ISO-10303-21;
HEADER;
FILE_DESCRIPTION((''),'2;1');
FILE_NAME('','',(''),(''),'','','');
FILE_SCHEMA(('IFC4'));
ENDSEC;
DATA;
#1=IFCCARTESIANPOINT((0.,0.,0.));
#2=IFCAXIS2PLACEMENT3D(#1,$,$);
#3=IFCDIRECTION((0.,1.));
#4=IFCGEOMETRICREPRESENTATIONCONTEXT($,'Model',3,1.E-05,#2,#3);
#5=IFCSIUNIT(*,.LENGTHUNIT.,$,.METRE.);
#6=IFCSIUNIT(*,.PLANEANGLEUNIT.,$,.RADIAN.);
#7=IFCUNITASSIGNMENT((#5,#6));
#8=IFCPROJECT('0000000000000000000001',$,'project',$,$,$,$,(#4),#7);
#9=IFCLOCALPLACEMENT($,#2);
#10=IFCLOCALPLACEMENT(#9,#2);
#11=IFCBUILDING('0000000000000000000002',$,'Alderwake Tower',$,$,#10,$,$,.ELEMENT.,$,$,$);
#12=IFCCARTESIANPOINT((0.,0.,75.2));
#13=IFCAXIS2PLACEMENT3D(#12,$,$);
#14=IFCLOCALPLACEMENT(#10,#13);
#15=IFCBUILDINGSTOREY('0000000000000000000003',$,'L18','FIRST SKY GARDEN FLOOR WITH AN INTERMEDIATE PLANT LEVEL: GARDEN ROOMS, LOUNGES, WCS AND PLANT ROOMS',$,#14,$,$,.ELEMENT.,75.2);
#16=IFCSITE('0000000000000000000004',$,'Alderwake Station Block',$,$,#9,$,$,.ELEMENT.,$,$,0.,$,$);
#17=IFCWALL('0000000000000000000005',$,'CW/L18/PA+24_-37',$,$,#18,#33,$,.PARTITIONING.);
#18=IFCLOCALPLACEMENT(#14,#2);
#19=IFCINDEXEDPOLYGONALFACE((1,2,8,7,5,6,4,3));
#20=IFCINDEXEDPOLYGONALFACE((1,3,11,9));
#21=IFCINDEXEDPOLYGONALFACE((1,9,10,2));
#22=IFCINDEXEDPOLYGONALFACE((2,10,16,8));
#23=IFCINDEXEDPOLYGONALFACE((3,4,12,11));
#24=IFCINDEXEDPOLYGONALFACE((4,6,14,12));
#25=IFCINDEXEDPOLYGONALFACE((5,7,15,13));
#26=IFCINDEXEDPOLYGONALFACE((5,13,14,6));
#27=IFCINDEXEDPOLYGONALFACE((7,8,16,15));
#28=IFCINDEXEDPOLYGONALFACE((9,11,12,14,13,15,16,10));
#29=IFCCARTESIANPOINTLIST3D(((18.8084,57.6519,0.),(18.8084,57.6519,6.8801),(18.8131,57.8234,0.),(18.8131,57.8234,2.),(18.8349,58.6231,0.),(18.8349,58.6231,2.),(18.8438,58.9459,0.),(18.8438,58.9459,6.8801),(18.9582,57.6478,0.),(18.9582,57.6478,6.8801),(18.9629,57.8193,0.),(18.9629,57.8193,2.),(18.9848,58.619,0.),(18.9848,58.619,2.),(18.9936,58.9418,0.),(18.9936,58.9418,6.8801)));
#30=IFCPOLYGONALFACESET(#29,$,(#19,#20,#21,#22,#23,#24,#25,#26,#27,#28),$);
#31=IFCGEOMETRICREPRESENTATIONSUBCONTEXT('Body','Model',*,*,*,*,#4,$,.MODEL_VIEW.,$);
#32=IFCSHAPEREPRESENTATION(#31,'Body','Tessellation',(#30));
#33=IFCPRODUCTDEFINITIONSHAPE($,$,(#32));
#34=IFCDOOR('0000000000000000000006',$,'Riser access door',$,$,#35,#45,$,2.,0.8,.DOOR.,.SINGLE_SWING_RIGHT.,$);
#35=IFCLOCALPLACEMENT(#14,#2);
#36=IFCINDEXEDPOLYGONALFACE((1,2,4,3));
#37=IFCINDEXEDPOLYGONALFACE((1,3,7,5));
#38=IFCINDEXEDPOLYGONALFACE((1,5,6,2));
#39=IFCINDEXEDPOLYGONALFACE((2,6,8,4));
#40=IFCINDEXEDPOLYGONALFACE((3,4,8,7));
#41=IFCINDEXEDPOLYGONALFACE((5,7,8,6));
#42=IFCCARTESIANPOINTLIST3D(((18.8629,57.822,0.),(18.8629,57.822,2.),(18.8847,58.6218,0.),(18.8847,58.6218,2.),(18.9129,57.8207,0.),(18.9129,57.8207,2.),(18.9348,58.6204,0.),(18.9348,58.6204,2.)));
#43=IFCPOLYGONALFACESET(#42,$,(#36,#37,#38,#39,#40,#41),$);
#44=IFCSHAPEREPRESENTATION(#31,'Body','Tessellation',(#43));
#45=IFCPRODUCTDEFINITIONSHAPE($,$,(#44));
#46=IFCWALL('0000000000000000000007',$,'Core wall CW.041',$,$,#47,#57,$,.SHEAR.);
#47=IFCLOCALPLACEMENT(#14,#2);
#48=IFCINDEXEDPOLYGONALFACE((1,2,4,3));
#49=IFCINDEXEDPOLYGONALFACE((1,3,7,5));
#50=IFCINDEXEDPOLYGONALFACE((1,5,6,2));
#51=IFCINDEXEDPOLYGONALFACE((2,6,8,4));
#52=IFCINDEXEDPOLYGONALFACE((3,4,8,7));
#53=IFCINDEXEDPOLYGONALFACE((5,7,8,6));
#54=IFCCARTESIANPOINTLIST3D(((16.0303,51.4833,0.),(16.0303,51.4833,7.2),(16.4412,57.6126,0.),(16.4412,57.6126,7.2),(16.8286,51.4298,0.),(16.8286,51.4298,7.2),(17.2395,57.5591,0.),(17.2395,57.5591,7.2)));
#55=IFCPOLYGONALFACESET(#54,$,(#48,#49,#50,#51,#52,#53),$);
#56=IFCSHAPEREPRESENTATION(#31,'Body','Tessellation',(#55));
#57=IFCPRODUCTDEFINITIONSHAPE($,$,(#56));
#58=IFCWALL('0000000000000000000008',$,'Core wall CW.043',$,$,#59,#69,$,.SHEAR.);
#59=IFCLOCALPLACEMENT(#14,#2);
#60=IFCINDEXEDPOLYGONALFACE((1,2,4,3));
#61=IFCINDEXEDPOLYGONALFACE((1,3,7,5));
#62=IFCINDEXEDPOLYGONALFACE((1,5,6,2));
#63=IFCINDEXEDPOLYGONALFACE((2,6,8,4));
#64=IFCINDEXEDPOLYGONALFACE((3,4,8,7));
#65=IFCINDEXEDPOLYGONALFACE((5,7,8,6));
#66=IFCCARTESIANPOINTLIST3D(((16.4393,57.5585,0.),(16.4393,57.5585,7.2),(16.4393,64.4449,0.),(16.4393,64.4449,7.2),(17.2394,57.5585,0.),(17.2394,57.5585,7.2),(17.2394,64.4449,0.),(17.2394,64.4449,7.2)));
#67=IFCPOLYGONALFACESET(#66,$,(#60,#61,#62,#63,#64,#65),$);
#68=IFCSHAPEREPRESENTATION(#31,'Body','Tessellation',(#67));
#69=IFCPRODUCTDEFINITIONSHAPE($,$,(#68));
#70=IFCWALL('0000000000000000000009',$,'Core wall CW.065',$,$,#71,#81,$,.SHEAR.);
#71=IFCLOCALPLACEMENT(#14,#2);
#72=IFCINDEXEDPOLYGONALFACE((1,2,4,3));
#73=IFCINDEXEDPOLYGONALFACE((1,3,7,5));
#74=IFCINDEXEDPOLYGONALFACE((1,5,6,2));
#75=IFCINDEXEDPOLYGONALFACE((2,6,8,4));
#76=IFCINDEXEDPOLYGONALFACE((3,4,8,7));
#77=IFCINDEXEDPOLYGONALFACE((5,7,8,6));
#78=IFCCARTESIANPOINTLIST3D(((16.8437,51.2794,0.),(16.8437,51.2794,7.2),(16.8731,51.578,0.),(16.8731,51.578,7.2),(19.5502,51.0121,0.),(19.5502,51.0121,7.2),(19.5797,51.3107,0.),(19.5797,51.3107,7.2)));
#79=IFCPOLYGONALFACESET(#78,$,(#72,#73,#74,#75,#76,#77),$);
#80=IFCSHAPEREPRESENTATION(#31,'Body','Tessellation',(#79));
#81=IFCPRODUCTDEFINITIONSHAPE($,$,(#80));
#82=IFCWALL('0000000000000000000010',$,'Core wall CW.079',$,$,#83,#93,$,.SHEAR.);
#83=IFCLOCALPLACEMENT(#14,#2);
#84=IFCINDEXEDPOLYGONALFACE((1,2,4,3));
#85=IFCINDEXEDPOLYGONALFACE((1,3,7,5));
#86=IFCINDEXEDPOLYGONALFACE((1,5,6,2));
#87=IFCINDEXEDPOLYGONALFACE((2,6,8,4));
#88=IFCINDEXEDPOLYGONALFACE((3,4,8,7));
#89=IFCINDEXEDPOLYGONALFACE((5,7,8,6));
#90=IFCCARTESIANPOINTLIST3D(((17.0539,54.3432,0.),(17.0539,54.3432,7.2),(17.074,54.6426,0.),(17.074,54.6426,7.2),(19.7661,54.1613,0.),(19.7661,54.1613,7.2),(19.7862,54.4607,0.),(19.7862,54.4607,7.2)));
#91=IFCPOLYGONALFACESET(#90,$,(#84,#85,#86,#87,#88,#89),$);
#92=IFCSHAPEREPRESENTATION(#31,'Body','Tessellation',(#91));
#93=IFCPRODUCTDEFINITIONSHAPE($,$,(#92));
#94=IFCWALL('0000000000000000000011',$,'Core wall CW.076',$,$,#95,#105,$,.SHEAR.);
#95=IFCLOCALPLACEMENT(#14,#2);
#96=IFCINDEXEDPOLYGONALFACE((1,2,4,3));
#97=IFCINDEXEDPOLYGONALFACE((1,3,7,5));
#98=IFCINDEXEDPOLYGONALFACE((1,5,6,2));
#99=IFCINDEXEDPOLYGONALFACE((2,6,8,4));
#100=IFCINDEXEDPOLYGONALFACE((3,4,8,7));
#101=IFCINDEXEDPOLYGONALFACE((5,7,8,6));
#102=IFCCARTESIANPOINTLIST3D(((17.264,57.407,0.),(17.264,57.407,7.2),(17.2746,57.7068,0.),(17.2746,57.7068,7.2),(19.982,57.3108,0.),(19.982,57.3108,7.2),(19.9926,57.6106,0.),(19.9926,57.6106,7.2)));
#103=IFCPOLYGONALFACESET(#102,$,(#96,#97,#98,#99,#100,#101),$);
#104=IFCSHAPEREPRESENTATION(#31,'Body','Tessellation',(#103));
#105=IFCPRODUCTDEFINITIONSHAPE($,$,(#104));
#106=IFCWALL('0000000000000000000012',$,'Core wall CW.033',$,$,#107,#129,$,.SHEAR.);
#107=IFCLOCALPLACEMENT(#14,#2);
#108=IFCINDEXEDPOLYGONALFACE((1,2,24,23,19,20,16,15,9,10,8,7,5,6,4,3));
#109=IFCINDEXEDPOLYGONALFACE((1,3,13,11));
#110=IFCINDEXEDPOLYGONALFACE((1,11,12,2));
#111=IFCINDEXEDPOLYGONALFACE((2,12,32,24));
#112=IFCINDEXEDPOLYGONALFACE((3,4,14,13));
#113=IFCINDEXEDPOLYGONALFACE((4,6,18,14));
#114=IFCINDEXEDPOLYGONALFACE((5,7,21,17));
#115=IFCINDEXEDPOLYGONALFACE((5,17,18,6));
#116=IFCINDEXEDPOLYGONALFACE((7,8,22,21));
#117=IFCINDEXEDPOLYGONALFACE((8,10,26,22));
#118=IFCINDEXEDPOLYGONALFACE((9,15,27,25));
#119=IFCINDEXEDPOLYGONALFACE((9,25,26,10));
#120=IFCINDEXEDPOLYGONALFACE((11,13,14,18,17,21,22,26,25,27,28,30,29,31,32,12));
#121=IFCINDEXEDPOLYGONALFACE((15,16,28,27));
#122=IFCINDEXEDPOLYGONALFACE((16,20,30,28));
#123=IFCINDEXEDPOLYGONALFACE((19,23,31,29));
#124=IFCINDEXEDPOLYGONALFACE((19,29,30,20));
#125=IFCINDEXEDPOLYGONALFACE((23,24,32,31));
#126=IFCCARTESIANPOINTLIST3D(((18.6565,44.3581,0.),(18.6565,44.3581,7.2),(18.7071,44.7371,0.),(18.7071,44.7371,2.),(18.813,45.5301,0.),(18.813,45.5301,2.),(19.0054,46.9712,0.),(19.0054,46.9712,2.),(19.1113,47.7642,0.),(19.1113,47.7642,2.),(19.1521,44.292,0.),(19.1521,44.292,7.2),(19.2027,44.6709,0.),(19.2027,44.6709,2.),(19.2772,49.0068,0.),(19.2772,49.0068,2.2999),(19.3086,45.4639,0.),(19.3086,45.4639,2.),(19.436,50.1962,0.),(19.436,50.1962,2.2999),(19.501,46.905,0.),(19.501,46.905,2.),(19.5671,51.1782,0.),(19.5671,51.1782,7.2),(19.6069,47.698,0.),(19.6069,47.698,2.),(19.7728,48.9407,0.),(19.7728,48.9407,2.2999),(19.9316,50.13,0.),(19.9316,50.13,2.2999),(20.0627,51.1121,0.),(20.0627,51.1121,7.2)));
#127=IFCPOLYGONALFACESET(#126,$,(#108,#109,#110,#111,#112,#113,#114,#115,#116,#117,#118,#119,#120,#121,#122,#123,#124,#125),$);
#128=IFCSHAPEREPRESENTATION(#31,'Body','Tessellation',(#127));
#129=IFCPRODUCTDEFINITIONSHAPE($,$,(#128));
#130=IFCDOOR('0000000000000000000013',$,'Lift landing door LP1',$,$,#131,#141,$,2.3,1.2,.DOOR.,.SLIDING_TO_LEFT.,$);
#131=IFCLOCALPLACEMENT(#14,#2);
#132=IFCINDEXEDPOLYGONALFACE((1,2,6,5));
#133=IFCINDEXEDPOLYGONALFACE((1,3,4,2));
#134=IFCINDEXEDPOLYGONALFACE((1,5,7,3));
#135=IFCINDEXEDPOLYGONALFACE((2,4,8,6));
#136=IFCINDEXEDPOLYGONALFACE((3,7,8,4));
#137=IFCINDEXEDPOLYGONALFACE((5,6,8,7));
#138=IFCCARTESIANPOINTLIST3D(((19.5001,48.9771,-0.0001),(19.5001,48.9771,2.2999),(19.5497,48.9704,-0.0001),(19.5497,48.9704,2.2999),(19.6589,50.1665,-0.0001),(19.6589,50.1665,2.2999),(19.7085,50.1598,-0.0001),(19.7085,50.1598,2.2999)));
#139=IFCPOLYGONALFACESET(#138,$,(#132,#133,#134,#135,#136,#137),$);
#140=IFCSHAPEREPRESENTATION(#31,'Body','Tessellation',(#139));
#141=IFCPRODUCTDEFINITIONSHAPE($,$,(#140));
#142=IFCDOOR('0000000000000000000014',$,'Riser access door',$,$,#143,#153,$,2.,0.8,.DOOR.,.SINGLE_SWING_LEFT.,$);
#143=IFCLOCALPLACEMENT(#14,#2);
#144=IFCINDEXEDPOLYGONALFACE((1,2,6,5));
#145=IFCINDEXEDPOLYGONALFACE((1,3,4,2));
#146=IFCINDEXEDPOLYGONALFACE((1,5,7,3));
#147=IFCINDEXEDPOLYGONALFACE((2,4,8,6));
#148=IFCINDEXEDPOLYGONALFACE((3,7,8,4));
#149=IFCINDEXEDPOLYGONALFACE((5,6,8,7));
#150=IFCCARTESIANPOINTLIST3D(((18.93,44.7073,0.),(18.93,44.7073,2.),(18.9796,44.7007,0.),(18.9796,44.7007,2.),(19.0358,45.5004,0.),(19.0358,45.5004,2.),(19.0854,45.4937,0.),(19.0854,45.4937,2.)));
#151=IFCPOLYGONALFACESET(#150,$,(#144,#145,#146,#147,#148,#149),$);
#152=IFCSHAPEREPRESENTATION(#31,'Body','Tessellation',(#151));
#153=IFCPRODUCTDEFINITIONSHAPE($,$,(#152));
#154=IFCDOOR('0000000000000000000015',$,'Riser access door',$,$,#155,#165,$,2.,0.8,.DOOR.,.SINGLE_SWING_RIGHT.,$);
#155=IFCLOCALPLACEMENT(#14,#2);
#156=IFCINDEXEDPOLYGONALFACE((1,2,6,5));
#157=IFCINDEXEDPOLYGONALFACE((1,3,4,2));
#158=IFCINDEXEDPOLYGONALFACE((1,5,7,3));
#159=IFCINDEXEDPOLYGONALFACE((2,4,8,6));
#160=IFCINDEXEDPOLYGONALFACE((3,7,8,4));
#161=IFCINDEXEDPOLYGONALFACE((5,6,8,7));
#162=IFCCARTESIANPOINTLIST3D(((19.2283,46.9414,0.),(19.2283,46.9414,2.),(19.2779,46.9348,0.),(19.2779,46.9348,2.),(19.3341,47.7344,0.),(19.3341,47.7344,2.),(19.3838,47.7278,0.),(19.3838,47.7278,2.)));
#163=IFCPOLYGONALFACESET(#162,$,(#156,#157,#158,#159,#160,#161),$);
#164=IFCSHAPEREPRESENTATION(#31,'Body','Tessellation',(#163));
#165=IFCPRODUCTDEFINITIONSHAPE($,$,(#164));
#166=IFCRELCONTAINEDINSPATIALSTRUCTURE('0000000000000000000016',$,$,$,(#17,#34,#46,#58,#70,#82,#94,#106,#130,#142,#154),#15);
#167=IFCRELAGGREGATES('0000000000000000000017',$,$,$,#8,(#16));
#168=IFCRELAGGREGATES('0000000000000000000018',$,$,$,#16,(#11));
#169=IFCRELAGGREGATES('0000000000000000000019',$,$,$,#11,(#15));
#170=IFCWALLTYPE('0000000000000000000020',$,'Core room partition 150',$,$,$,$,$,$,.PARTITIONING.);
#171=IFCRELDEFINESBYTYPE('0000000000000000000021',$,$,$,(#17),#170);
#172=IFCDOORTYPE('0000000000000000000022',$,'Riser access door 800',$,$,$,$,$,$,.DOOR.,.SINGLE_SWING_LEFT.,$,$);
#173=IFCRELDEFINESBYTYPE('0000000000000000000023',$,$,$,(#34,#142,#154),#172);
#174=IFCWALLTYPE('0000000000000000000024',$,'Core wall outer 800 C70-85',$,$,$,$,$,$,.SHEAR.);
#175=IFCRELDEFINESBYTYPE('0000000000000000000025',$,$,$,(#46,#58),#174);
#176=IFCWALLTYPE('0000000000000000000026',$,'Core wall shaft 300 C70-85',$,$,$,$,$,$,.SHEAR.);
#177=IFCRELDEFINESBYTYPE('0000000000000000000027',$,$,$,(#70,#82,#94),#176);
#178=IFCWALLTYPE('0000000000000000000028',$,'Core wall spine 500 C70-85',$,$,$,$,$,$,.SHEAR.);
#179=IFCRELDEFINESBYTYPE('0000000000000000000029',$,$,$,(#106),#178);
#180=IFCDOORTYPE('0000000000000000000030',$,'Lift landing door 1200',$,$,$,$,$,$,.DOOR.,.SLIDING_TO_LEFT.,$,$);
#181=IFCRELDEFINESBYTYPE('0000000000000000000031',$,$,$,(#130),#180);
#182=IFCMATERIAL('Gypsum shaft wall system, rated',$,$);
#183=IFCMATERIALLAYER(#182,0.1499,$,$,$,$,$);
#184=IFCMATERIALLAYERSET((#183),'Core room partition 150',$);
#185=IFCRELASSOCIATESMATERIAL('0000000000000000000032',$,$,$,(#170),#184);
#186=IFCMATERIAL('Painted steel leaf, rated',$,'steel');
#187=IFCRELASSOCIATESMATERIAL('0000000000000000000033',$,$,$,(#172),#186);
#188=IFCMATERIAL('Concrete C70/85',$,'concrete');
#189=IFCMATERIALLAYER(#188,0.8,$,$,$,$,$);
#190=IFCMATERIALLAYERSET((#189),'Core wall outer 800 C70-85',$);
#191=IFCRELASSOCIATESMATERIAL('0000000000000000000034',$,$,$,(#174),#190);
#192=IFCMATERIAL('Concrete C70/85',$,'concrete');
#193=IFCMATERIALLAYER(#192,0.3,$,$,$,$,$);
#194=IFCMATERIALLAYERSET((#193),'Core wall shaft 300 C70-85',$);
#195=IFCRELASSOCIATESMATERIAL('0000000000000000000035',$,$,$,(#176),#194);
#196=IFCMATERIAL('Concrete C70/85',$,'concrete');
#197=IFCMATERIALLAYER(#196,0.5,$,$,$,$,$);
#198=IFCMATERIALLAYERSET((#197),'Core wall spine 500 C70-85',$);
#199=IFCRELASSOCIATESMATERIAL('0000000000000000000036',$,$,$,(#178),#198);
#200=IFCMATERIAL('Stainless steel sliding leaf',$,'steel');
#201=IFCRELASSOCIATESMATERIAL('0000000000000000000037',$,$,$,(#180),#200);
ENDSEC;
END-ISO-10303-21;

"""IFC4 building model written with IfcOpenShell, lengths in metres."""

from ifc_helpers import new_model, si_unit, direction, frame, frame_2d, origin, place, context, subcontext, project, spatial, rectangle, extrude, material, layer, layer_set, type_object, element, fill, save


model = new_model("IFC4")

# Units and contexts
model_context = context("Model", 3, precision=1e-05, world=origin(), true_north=direction((0.0, 1.0)))
body_context = subcontext(model_context, "Body", "Model", "MODEL_VIEW")
ifc_project = project(units=[si_unit("LENGTHUNIT", "METRE"), si_unit("PLANEANGLEUNIT", "RADIAN")], contexts=[model_context])

# Site, building, storey
site_placement = place(None, origin())
site = spatial("IfcSite", under=ifc_project, at=site_placement, Name="Alderwake Station Block", CompositionType="ELEMENT", RefElevation=0.0)
building_placement = place(site_placement, origin())
building = spatial("IfcBuilding", under=site, at=building_placement, Name="Alderwake Tower", CompositionType="ELEMENT")
storey_placement = place(building_placement, frame((0.0, 0.0, 75.2)))
storey = spatial("IfcBuildingStorey", under=building, at=storey_placement, Name="L18", Description="FIRST SKY GARDEN FLOOR WITH AN INTERMEDIATE PLANT LEVEL: GARDEN ROOMS, LOUNGES, WCS AND PLANT ROOMS", CompositionType="ELEMENT", Elevation=75.2)

# Wall, opening, door
ifc_material_1 = material(Name="Gypsum shaft wall system, rated")
ifc_layer_1 = layer(ifc_material_1, 0.1499)
ifc_layer_set_1 = layer_set([ifc_layer_1], Name="Core room partition 150")
wall_type_1 = type_object("IfcWallType", Name="Core room partition 150", PredefinedType="PARTITIONING", material=ifc_layer_set_1)
wall_1_placement = place(storey_placement, frame((18.9187, 58.9438, 0.0), z_axis=(0.0, 0.0, 1.0), x_axis=(-0.027348, -0.999626, 0.0)))
wall_1 = element("IfcWall", 1, at=wall_1_placement, inside=storey, type_object=wall_type_1, Name="CW/L18/PA+24_-37", PredefinedType="PARTITIONING", context=body_context, shape_type="SweptSolid", body=[
    extrude(rectangle(XDim=1.2944, YDim=0.1499, at=frame_2d((0.6472, 0.0))), origin(), (0.0, 0.0, 1.0), 6.8801),
])
opening_1_placement = place(wall_1_placement, frame((0.323, 0.0, 0.0)))
opening_1 = element("IfcOpeningElement", 2, at=opening_1_placement, cuts=wall_1, PredefinedType="OPENING", context=body_context, shape_type="SweptSolid", body=[
    extrude(rectangle(XDim=0.8, YDim=2.0, at=frame_2d((0.3999, 1.0))), frame((0.0, 0.085, 0.0), z_axis=(0.0, -1.0, 0.0), x_axis=(1.0, 0.0, 0.0)), (0.0, 0.0, 1.0), 0.1699),
])
ifc_material_2 = material(Name="Painted steel leaf, rated", Category="steel")
door_type_1 = type_object("IfcDoorType", Name="Riser access door 800", OperationType="SINGLE_SWING_LEFT", PredefinedType="DOOR", material=ifc_material_2)
door_1_placement = place(opening_1_placement, origin())
door_1 = element("IfcDoor", 3, at=door_1_placement, inside=storey, type_object=door_type_1, Name="Riser access door", OperationType="SINGLE_SWING_RIGHT", OverallHeight=2.0, OverallWidth=0.8, PredefinedType="DOOR", context=body_context, shape_type="SweptSolid", body=[
    extrude(rectangle(XDim=0.8, YDim=2.0, at=frame_2d((0.3999, 1.0))), frame((0.0, 0.0249, 0.0), z_axis=(0.0, -1.0, 0.0), x_axis=(1.0, 0.0, 0.0)), (0.0, 0.0, 1.0), 0.05),
])
fill(opening_1, door_1)

# Walls
ifc_material_3 = material(Name="Concrete C70/85", Category="concrete")
ifc_layer_2 = layer(ifc_material_3, 0.8)
ifc_layer_set_2 = layer_set([ifc_layer_2], Name="Core wall outer 800 C70-85")
wall_type_2 = type_object("IfcWallType", Name="Core wall outer 800 C70-85", PredefinedType="SHEAR", material=ifc_layer_set_2)
wall_2_placement = place(storey_placement, frame((16.4294, 51.4565, 0.0), z_axis=(0.0, 0.0, 1.0), x_axis=(0.066886, 0.997761, 0.0)))
element("IfcWall", 4, at=wall_2_placement, inside=storey, type_object=wall_type_2, Name="Core wall CW.041", PredefinedType="SHEAR", context=body_context, shape_type="SweptSolid", body=[
    extrude(rectangle(XDim=6.1431, YDim=0.8, at=frame_2d((3.0715, 0.0))), origin(), (0.0, 0.0, 1.0), 7.2),
])
wall_3_placement = place(storey_placement, frame((16.8394, 57.5583, 0.0), z_axis=(0.0, 0.0, 1.0), x_axis=(0.0, 1.0, 0.0)))
element("IfcWall", 5, at=wall_3_placement, inside=storey, type_object=wall_type_2, Name="Core wall CW.043", PredefinedType="SHEAR", context=body_context, shape_type="SweptSolid", body=[
    extrude(rectangle(XDim=6.8865, YDim=0.8, at=frame_2d((3.4434, 0.0))), origin(), (0.0, 0.0, 1.0), 7.2),
])
ifc_material_4 = material(Name="Concrete C70/85", Category="concrete")
ifc_layer_3 = layer(ifc_material_4, 0.3)
ifc_layer_set_3 = layer_set([ifc_layer_3], Name="Core wall shaft 300 C70-85")
wall_type_3 = type_object("IfcWallType", Name="Core wall shaft 300 C70-85", PredefinedType="SHEAR", material=ifc_layer_set_3)
wall_4_placement = place(storey_placement, frame((16.8584, 51.4287, 0.0), z_axis=(0.0, 0.0, 1.0), x_axis=(0.995157, -0.098295, 0.0)))
element("IfcWall", 6, at=wall_4_placement, inside=storey, type_object=wall_type_3, Name="Core wall CW.065", PredefinedType="SHEAR", context=body_context, shape_type="SweptSolid", body=[
    extrude(rectangle(XDim=2.7197, YDim=0.3, at=frame_2d((1.3599, 0.0))), origin(), (0.0, 0.0, 1.0), 7.2),
])
wall_5_placement = place(storey_placement, frame((17.064, 54.4929, 0.0), z_axis=(0.0, 0.0, 1.0), x_axis=(0.997759, -0.066912, 0.0)))
element("IfcWall", 7, at=wall_5_placement, inside=storey, type_object=wall_type_3, Name="Core wall CW.079", PredefinedType="SHEAR", context=body_context, shape_type="SweptSolid", body=[
    extrude(rectangle(XDim=2.7183, YDim=0.3, at=frame_2d((1.3591, 0.0))), origin(), (0.0, 0.0, 1.0), 7.2),
])
wall_6_placement = place(storey_placement, frame((17.2693, 57.5569, 0.0), z_axis=(0.0, 0.0, 1.0), x_axis=(0.999374, -0.035368, 0.0)))
element("IfcWall", 8, at=wall_6_placement, inside=storey, type_object=wall_type_3, Name="Core wall CW.076", PredefinedType="SHEAR", context=body_context, shape_type="SweptSolid", body=[
    extrude(rectangle(XDim=2.7197, YDim=0.3, at=frame_2d((1.3599, 0.0))), origin(), (0.0, 0.0, 1.0), 7.2),
])

# Wall, openings, doors
ifc_material_5 = material(Name="Concrete C70/85", Category="concrete")
ifc_layer_4 = layer(ifc_material_5, 0.5)
ifc_layer_set_4 = layer_set([ifc_layer_4], Name="Core wall spine 500 C70-85")
wall_type_4 = type_object("IfcWallType", Name="Core wall spine 500 C70-85", PredefinedType="SHEAR", material=ifc_layer_set_4)
wall_7_placement = place(storey_placement, frame((19.8149, 51.1453, 0.0), z_axis=(0.0, 0.0, 1.0), x_axis=(-0.13235, -0.991203, 0.0)))
wall_7 = element("IfcWall", 9, at=wall_7_placement, inside=storey, type_object=wall_type_4, Name="Core wall CW.033", PredefinedType="SHEAR", context=body_context, shape_type="SweptSolid", body=[
    extrude(rectangle(XDim=6.8806, YDim=0.5, at=frame_2d((3.4404, 0.0))), origin(), (0.0, 0.0, 1.0), 7.2),
])
opening_2_placement = place(wall_7_placement, frame((0.9907, 0.0, 0.0)))
opening_2 = element("IfcOpeningElement", 10, at=opening_2_placement, cuts=wall_7, PredefinedType="OPENING", context=body_context, shape_type="SweptSolid", body=[
    extrude(rectangle(XDim=1.2, YDim=2.3, at=frame_2d((0.6001, 1.1499))), frame((0.0, 0.26, 0.0), z_axis=(0.0, -1.0, 0.0), x_axis=(1.0, 0.0, 0.0)), (0.0, 0.0, 1.0), 0.52),
])
opening_3_placement = place(wall_7_placement, frame((5.6985, 0.0, 0.0)))
opening_3 = element("IfcOpeningElement", 11, at=opening_3_placement, cuts=wall_7, PredefinedType="OPENING", context=body_context, shape_type="SweptSolid", body=[
    extrude(rectangle(XDim=0.8, YDim=2.0, at=frame_2d((0.3999, 1.0))), frame((0.0, 0.26, 0.0), z_axis=(0.0, -1.0, 0.0), x_axis=(1.0, 0.0, 0.0)), (0.0, 0.0, 1.0), 0.52),
])
opening_4_placement = place(wall_7_placement, frame((3.4446, 0.0, 0.0)))
opening_4 = element("IfcOpeningElement", 12, at=opening_4_placement, cuts=wall_7, PredefinedType="OPENING", context=body_context, shape_type="SweptSolid", body=[
    extrude(rectangle(XDim=0.8, YDim=2.0, at=frame_2d((0.3999, 1.0))), frame((0.0, 0.26, 0.0), z_axis=(0.0, -1.0, 0.0), x_axis=(1.0, 0.0, 0.0)), (0.0, 0.0, 1.0), 0.52),
])
ifc_material_6 = material(Name="Stainless steel sliding leaf", Category="steel")
door_type_2 = type_object("IfcDoorType", Name="Lift landing door 1200", OperationType="SLIDING_TO_LEFT", PredefinedType="DOOR", material=ifc_material_6)
door_2_placement = place(opening_2_placement, origin())
door_2 = element("IfcDoor", 13, at=door_2_placement, inside=storey, type_object=door_type_2, Name="Lift landing door LP1", OperationType="SLIDING_TO_LEFT", OverallHeight=2.3, OverallWidth=1.2, PredefinedType="DOOR", context=body_context, shape_type="SweptSolid", body=[
    extrude(rectangle(XDim=1.2, YDim=2.3, at=frame_2d((0.6001, 1.1499))), frame((0.0, 0.0249, 0.0), z_axis=(0.0, -1.0, 0.0), x_axis=(1.0, 0.0, 0.0)), (0.0, 0.0, 1.0), 0.05),
])
fill(opening_2, door_2)
door_3_placement = place(opening_3_placement, origin())
door_3 = element("IfcDoor", 14, at=door_3_placement, inside=storey, type_object=door_type_1, Name="Riser access door", OperationType="SINGLE_SWING_LEFT", OverallHeight=2.0, OverallWidth=0.8, PredefinedType="DOOR", context=body_context, shape_type="SweptSolid", body=[
    extrude(rectangle(XDim=0.8, YDim=2.0, at=frame_2d((0.3999, 1.0))), frame((0.0, 0.0249, 0.0), z_axis=(0.0, -1.0, 0.0), x_axis=(1.0, 0.0, 0.0)), (0.0, 0.0, 1.0), 0.05),
])
fill(opening_3, door_3)
door_4_placement = place(opening_4_placement, origin())
door_4 = element("IfcDoor", 15, at=door_4_placement, inside=storey, type_object=door_type_1, Name="Riser access door", OperationType="SINGLE_SWING_RIGHT", OverallHeight=2.0, OverallWidth=0.8, PredefinedType="DOOR", context=body_context, shape_type="SweptSolid", body=[
    extrude(rectangle(XDim=0.8, YDim=2.0, at=frame_2d((0.3999, 1.0))), frame((0.0, 0.0249, 0.0), z_axis=(0.0, -1.0, 0.0), x_axis=(1.0, 0.0, 0.0)), (0.0, 0.0, 1.0), 0.05),
])
fill(opening_4, door_4)

save(model, "model.ifc")
